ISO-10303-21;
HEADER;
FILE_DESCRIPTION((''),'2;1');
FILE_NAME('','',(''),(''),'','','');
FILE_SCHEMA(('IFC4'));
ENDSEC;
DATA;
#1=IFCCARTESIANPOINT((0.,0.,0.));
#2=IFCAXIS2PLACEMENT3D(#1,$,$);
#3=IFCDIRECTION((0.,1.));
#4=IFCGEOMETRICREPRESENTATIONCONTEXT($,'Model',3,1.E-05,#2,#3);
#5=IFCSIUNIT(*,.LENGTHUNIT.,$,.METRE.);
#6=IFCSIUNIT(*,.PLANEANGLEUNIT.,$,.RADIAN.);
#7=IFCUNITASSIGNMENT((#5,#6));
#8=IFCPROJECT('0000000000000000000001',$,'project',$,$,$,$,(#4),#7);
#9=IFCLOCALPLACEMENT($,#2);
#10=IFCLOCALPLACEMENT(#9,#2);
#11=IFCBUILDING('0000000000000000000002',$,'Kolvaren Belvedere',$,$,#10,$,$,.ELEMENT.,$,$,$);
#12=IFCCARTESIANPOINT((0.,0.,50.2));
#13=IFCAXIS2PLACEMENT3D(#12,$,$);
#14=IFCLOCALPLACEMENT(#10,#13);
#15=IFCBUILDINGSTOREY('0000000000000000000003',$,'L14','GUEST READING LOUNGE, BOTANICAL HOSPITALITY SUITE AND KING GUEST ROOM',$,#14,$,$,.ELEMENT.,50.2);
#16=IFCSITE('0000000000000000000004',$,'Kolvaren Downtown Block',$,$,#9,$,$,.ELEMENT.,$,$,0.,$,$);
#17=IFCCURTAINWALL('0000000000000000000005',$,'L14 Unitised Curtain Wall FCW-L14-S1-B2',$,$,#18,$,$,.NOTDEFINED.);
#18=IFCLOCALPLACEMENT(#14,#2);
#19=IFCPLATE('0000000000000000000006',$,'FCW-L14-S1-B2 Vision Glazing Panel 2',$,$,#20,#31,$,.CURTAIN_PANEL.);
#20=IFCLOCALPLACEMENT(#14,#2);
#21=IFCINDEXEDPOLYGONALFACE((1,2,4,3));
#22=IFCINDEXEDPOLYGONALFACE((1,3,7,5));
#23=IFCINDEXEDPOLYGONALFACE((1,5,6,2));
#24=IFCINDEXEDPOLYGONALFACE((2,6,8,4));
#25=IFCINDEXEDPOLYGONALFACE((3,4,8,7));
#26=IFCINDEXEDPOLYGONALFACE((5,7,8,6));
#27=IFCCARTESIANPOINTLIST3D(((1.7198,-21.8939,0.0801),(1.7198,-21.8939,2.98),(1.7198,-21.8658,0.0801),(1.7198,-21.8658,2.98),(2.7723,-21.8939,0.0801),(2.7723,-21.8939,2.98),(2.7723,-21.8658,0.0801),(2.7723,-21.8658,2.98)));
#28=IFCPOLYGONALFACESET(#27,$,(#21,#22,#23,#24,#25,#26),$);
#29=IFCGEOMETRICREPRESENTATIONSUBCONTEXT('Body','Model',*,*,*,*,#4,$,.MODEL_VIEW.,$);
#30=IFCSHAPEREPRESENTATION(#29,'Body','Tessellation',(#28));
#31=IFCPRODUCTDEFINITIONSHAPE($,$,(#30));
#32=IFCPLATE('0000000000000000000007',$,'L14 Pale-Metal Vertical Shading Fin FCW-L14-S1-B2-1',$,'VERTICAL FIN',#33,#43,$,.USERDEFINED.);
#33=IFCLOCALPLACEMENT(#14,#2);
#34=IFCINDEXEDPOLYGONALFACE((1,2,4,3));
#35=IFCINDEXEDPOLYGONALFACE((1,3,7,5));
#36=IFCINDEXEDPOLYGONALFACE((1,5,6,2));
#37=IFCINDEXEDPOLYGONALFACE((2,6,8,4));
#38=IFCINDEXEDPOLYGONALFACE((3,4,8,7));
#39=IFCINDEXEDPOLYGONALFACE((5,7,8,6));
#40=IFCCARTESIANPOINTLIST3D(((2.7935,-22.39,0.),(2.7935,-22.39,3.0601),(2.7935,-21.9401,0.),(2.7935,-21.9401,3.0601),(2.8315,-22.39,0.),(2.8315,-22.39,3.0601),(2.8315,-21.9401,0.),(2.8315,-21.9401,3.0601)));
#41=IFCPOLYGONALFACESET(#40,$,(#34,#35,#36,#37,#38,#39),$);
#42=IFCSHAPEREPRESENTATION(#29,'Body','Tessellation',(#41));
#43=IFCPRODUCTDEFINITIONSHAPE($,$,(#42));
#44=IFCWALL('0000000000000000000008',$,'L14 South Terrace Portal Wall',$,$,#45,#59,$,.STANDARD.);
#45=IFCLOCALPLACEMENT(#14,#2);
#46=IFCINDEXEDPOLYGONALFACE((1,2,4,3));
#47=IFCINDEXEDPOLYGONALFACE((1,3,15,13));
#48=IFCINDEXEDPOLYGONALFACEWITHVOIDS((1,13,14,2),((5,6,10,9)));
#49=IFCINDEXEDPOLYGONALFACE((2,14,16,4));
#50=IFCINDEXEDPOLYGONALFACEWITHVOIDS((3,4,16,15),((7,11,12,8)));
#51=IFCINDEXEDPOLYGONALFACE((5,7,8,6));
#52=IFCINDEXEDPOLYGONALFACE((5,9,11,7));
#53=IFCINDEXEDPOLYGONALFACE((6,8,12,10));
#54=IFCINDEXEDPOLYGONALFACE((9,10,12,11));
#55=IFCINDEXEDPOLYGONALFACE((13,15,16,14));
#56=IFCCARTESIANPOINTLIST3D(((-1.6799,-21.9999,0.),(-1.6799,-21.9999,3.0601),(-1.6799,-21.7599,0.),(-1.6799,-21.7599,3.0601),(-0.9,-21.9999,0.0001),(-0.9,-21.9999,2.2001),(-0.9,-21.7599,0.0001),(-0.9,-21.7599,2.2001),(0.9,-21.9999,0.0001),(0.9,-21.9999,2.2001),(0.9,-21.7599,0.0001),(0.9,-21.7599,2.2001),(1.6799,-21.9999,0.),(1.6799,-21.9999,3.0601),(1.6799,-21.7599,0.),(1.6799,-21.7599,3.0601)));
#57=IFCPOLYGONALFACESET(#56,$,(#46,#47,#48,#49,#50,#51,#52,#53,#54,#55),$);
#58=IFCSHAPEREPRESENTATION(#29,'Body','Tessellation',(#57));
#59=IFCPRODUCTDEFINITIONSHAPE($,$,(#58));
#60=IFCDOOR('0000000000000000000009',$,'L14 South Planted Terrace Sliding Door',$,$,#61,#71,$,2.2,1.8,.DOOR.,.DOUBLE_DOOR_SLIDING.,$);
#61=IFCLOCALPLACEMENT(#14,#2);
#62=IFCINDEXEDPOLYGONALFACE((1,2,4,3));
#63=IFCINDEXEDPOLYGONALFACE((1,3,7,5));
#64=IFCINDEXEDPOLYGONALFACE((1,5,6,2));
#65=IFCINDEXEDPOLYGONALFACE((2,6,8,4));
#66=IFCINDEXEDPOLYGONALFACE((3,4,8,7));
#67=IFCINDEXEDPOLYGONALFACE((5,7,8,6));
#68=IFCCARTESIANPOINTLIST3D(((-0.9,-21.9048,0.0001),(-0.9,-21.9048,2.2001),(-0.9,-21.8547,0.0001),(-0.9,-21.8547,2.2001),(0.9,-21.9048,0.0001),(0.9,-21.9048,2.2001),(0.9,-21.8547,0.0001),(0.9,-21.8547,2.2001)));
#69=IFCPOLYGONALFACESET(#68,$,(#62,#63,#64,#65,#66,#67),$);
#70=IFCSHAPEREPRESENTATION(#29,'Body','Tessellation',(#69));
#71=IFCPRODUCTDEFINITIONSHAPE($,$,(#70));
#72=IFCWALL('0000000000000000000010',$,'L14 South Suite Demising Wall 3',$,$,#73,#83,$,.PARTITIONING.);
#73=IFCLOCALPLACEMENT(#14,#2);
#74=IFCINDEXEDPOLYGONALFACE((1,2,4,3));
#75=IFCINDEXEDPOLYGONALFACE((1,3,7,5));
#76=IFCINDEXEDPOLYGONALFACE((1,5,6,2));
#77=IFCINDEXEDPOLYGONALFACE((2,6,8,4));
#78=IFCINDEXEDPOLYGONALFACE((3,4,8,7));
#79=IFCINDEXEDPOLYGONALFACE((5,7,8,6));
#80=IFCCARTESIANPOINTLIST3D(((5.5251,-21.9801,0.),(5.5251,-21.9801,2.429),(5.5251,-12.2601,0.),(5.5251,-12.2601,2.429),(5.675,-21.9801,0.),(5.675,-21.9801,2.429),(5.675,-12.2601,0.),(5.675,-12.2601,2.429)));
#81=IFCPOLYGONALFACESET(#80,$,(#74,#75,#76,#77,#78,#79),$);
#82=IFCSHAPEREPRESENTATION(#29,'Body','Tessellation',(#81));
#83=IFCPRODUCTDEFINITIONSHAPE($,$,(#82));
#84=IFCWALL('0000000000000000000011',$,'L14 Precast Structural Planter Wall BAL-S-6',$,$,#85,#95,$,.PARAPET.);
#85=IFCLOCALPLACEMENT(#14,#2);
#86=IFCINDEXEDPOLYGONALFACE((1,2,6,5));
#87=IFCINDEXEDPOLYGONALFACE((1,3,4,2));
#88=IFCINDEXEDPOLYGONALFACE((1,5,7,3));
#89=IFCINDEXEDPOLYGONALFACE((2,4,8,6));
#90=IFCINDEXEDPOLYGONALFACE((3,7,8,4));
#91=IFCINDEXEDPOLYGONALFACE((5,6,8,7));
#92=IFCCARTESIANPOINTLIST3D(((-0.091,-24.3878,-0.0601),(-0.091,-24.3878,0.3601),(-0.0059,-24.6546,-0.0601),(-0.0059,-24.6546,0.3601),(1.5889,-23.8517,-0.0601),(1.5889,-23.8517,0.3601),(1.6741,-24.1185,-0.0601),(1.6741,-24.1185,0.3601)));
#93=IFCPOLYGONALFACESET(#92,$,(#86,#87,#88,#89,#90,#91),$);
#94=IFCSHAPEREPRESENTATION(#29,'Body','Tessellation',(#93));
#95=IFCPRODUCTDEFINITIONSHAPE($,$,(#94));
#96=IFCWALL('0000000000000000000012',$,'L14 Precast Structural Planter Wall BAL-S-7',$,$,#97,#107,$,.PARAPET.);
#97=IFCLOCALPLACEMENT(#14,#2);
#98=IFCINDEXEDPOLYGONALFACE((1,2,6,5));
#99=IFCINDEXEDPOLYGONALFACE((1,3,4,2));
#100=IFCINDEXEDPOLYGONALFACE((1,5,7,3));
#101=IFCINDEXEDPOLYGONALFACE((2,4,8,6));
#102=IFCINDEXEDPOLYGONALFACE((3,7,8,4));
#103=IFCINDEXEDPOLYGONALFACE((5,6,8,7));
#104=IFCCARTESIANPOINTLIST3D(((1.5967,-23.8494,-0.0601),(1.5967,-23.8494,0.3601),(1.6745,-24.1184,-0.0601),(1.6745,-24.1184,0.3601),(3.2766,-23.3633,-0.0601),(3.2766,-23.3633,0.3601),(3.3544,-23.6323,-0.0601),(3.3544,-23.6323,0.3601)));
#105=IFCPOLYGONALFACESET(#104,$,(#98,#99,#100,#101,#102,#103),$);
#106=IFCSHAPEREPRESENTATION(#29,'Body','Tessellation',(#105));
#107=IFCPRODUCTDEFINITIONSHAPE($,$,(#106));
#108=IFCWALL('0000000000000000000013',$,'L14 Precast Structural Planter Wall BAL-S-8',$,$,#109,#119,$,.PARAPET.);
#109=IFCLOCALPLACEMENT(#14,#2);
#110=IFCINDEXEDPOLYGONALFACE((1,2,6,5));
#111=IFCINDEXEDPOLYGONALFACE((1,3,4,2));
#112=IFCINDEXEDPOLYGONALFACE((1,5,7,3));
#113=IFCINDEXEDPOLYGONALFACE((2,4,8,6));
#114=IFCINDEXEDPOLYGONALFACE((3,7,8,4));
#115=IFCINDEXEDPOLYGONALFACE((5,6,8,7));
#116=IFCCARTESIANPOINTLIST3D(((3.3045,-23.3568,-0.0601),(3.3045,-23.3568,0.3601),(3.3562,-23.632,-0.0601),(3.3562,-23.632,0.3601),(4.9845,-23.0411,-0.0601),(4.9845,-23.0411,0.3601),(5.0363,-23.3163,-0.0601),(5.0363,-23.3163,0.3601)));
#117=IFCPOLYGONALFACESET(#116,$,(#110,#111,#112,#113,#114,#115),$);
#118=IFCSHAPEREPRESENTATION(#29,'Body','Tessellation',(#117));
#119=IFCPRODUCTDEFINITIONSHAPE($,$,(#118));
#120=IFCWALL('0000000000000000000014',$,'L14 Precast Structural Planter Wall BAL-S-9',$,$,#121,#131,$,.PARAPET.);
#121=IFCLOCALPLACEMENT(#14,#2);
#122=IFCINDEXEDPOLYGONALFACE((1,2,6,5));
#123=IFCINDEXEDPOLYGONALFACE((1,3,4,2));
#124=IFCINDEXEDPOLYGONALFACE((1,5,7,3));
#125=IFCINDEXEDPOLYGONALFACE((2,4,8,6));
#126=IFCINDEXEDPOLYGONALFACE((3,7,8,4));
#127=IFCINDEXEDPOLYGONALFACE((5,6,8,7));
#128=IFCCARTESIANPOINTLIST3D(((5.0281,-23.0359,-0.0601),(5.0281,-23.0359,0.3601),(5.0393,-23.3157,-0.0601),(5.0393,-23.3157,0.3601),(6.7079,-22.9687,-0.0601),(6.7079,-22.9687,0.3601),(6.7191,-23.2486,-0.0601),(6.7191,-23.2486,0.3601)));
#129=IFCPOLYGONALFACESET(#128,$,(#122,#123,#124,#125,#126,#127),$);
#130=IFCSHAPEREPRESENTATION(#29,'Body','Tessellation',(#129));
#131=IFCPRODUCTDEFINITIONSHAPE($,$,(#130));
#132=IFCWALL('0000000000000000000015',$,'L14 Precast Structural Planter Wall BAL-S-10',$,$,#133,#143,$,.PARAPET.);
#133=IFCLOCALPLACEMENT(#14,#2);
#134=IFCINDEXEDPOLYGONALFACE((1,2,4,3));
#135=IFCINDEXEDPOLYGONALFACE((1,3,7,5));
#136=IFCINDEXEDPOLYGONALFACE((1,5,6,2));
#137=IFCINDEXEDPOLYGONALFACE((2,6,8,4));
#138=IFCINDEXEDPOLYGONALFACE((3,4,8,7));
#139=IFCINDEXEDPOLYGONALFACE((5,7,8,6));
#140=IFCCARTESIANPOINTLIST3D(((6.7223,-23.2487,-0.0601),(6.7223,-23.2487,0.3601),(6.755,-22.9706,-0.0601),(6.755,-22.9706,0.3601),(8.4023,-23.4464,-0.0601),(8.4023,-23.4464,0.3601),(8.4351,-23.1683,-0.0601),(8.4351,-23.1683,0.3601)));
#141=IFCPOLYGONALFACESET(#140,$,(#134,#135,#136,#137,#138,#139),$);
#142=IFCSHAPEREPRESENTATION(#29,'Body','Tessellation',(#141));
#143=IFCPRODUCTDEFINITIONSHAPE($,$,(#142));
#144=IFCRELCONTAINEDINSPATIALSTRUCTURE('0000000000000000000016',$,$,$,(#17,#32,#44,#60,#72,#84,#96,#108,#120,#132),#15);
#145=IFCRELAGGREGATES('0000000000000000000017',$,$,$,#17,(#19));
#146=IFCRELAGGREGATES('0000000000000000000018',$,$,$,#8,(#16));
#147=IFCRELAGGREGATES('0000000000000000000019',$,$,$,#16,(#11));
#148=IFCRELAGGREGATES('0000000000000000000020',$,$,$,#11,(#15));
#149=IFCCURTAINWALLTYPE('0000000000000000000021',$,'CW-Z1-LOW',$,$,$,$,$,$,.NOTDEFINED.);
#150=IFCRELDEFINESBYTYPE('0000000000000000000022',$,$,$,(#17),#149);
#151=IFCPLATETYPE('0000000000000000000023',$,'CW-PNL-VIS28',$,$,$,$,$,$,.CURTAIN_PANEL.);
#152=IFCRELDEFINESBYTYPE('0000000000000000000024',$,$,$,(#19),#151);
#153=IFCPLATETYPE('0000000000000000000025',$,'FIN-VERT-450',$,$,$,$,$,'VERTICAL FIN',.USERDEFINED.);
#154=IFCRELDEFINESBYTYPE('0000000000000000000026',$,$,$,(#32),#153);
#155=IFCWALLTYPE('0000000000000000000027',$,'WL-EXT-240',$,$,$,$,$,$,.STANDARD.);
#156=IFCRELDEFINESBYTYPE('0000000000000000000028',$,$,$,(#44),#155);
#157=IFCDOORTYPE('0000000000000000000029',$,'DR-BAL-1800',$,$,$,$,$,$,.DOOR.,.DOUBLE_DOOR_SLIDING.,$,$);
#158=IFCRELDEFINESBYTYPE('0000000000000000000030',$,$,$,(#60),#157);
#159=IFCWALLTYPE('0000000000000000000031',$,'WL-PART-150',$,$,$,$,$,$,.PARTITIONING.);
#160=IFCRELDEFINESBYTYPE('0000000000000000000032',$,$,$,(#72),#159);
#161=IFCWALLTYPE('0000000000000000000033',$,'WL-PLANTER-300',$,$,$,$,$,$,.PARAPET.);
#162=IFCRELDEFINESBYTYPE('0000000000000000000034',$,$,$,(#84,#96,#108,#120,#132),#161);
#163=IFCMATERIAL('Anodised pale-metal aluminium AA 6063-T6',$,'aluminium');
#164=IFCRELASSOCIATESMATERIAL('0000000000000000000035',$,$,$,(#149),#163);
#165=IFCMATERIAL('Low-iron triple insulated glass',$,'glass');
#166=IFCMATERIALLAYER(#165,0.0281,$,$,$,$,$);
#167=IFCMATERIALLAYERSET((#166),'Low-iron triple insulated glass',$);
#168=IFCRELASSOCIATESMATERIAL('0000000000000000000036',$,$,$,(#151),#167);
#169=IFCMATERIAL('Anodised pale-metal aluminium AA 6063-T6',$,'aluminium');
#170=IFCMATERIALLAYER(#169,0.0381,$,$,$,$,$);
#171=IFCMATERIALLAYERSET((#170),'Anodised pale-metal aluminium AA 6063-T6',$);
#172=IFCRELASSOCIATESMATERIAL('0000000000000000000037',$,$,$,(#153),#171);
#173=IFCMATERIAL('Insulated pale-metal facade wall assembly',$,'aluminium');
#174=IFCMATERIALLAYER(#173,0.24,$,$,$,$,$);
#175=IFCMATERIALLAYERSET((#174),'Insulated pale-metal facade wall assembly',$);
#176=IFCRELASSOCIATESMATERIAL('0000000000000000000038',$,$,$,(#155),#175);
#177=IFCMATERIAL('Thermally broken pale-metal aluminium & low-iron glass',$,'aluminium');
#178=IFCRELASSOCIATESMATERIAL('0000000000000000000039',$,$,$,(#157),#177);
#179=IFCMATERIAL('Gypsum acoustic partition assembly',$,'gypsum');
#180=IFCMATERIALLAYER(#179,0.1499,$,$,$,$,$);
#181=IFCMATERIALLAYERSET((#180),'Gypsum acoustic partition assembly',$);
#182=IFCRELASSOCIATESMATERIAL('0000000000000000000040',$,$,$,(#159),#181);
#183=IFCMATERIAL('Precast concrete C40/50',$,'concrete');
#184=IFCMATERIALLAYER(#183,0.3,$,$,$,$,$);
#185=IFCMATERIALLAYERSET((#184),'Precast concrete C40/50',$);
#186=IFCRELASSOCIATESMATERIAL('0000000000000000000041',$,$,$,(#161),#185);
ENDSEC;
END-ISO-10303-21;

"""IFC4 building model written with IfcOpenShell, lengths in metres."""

from ifc_helpers import new_model, si_unit, direction, frame, frame_2d, origin, origin_2d, place, context, subcontext, project, spatial, rectangle, extrude, material, layer, layer_set, type_object, element, fill, aggregate, save


model = new_model("IFC4")

# Units and contexts
model_context = context("Model", 3, precision=1e-05, world=origin(), true_north=direction((0.0, 1.0)))
body_context = subcontext(model_context, "Body", "Model", "MODEL_VIEW")
ifc_project = project(units=[si_unit("LENGTHUNIT", "METRE"), si_unit("PLANEANGLEUNIT", "RADIAN")], contexts=[model_context])

# Site, building, storey
site_placement = place(None, origin())
site = spatial("IfcSite", under=ifc_project, at=site_placement, Name="Kolvaren Downtown Block", CompositionType="ELEMENT", RefElevation=0.0)
building_placement = place(site_placement, origin())
building = spatial("IfcBuilding", under=site, at=building_placement, Name="Kolvaren Belvedere", CompositionType="ELEMENT")
storey_placement = place(building_placement, frame((0.0, 0.0, 50.2)))
storey = spatial("IfcBuildingStorey", under=building, at=storey_placement, Name="L14", Description="GUEST READING LOUNGE, BOTANICAL HOSPITALITY SUITE AND KING GUEST ROOM", CompositionType="ELEMENT", Elevation=50.2)

# Shared definitions
ifc_material_1 = material(Name="Anodised pale-metal aluminium AA 6063-T6", Category="aluminium")
curtain_wall_type = type_object("IfcCurtainWallType", Name="CW-Z1-LOW", PredefinedType="NOTDEFINED", material=ifc_material_1)

# Curtain wall
curtain_wall_1_placement = place(storey_placement, origin())
curtain_wall_1 = element("IfcCurtainWall", 1, at=curtain_wall_1_placement, inside=storey, type_object=curtain_wall_type, Name="L14 Unitised Curtain Wall FCW-L14-S1-B2", PredefinedType="NOTDEFINED")

# Plates
ifc_material_2 = material(Name="Low-iron triple insulated glass", Category="glass")
ifc_layer_1 = layer(ifc_material_2, 0.0281)
ifc_layer_set_1 = layer_set([ifc_layer_1], Name="Low-iron triple insulated glass")
plate_type_1 = type_object("IfcPlateType", Name="CW-PNL-VIS28", PredefinedType="CURTAIN_PANEL", material=ifc_layer_set_1)
plate_1_placement = place(storey_placement, frame((2.2461, -21.8799, 0.0801), z_axis=(0.0, 0.0, 1.0), x_axis=(-1.0, 0.0, 0.0)))
plate_1 = element("IfcPlate", 2, at=plate_1_placement, type_object=plate_type_1, Name="FCW-L14-S1-B2 Vision Glazing Panel 2", PredefinedType="CURTAIN_PANEL", context=body_context, shape_type="SweptSolid", body=[
    extrude(rectangle(XDim=1.0525, YDim=0.0281, at=origin_2d()), origin(), (0.0, 0.0, 1.0), 2.8999),
])
aggregate(curtain_wall_1, [plate_1])
ifc_material_3 = material(Name="Anodised pale-metal aluminium AA 6063-T6", Category="aluminium")
ifc_layer_2 = layer(ifc_material_3, 0.0381)
ifc_layer_set_2 = layer_set([ifc_layer_2], Name="Anodised pale-metal aluminium AA 6063-T6")
plate_type_2 = type_object("IfcPlateType", Name="FIN-VERT-450", ElementType="VERTICAL FIN", PredefinedType="USERDEFINED", material=ifc_layer_set_2)
plate_2_placement = place(storey_placement, frame((2.8125, -22.165, 0.0), z_axis=(0.0, 0.0, 1.0), x_axis=(0.0, 1.0, 0.0)))
element("IfcPlate", 3, at=plate_2_placement, inside=storey, type_object=plate_type_2, Name="L14 Pale-Metal Vertical Shading Fin FCW-L14-S1-B2-1", ObjectType="VERTICAL FIN", PredefinedType="USERDEFINED", context=body_context, shape_type="SweptSolid", body=[
    extrude(rectangle(XDim=0.45, YDim=0.0381, at=origin_2d()), origin(), (0.0, 0.0, 1.0), 3.0601),
])

# Wall, opening, door
ifc_material_4 = material(Name="Insulated pale-metal facade wall assembly", Category="aluminium")
ifc_layer_3 = layer(ifc_material_4, 0.24)
ifc_layer_set_3 = layer_set([ifc_layer_3], Name="Insulated pale-metal facade wall assembly")
wall_type_1 = type_object("IfcWallType", Name="WL-EXT-240", PredefinedType="STANDARD", material=ifc_layer_set_3)
wall_1_placement = place(storey_placement, frame((1.6799, -21.8799, 0.0), z_axis=(0.0, 0.0, 1.0), x_axis=(-1.0, 0.0, 0.0)))
wall_1 = element("IfcWall", 4, at=wall_1_placement, inside=storey, type_object=wall_type_1, Name="L14 South Terrace Portal Wall", PredefinedType="STANDARD", context=body_context, shape_type="SweptSolid", body=[
    extrude(rectangle(XDim=3.3599, YDim=0.24, at=frame_2d((1.6799, 0.0))), origin(), (0.0, 0.0, 1.0), 3.0601),
])
opening_placement = place(wall_1_placement, frame((0.78, 0.0, 0.0)))
opening = element("IfcOpeningElement", 5, at=opening_placement, cuts=wall_1, PredefinedType="OPENING", context=body_context, shape_type="SweptSolid", body=[
    extrude(rectangle(XDim=1.8, YDim=2.2, at=frame_2d((0.8999, 1.1001))), frame((0.0, 0.1299, 0.0), z_axis=(0.0, -1.0, 0.0), x_axis=(1.0, 0.0, 0.0)), (0.0, 0.0, 1.0), 0.26),
])
ifc_material_5 = material(Name="Thermally broken pale-metal aluminium & low-iron glass", Category="aluminium")
door_type = type_object("IfcDoorType", Name="DR-BAL-1800", OperationType="DOUBLE_DOOR_SLIDING", PredefinedType="DOOR", material=ifc_material_5)
door_placement = place(opening_placement, origin())
door = element("IfcDoor", 6, at=door_placement, inside=storey, type_object=door_type, Name="L14 South Planted Terrace Sliding Door", OperationType="DOUBLE_DOOR_SLIDING", OverallHeight=2.2, OverallWidth=1.8, PredefinedType="DOOR", context=body_context, shape_type="SweptSolid", body=[
    extrude(rectangle(XDim=1.8, YDim=2.2, at=frame_2d((0.8999, 1.1001))), frame((0.0, 0.0249, 0.0), z_axis=(0.0, -1.0, 0.0), x_axis=(1.0, 0.0, 0.0)), (0.0, 0.0, 1.0), 0.05),
])
fill(opening, door)

# Walls
ifc_material_6 = material(Name="Gypsum acoustic partition assembly", Category="gypsum")
ifc_layer_4 = layer(ifc_material_6, 0.1499)
ifc_layer_set_4 = layer_set([ifc_layer_4], Name="Gypsum acoustic partition assembly")
wall_type_2 = type_object("IfcWallType", Name="WL-PART-150", PredefinedType="PARTITIONING", material=ifc_layer_set_4)
wall_2_placement = place(storey_placement, frame((5.6001, -21.98, 0.0), z_axis=(0.0, 0.0, 1.0), x_axis=(0.0, 1.0, 0.0)))
element("IfcWall", 7, at=wall_2_placement, inside=storey, type_object=wall_type_2, Name="L14 South Suite Demising Wall 3", PredefinedType="PARTITIONING", context=body_context, shape_type="SweptSolid", body=[
    extrude(rectangle(XDim=9.72, YDim=0.1499, at=frame_2d((4.8599, 0.0))), origin(), (0.0, 0.0, 1.0), 2.429),
])
ifc_material_7 = material(Name="Precast concrete C40/50", Category="concrete")
ifc_layer_5 = layer(ifc_material_7, 0.3)
ifc_layer_set_5 = layer_set([ifc_layer_5], Name="Precast concrete C40/50")
wall_type_3 = type_object("IfcWallType", Name="WL-PLANTER-300", PredefinedType="PARAPET", material=ifc_layer_set_5)
wall_3_placement = place(storey_placement, frame((-0.0486, -24.5212, -0.0601), z_axis=(0.0, 0.0, 1.0), x_axis=(0.952662, 0.304032, 0.0)))
element("IfcWall", 8, at=wall_3_placement, inside=storey, type_object=wall_type_3, Name="L14 Precast Structural Planter Wall BAL-S-6", PredefinedType="PARAPET", context=body_context, shape_type="SweptSolid", body=[
    extrude(rectangle(XDim=1.7634, YDim=0.28, at=frame_2d((0.8818, 0.0))), origin(), (0.0, 0.0, 1.0), 0.4202),
])
wall_4_placement = place(storey_placement, frame((1.6355, -23.9839, -0.0601), z_axis=(0.0, 0.0, 1.0), x_axis=(0.960597, 0.277946, 0.0)))
element("IfcWall", 9, at=wall_4_placement, inside=storey, type_object=wall_type_3, Name="L14 Precast Structural Planter Wall BAL-S-7", PredefinedType="PARAPET", context=body_context, shape_type="SweptSolid", body=[
    extrude(rectangle(XDim=1.7488, YDim=0.28, at=frame_2d((0.8745, 0.0))), origin(), (0.0, 0.0, 1.0), 0.4202),
])
wall_5_placement = place(storey_placement, frame((3.3303, -23.4944, -0.0601), z_axis=(0.0, 0.0, 1.0), x_axis=(0.982804, 0.184651, 0.0)))
element("IfcWall", 10, at=wall_5_placement, inside=storey, type_object=wall_type_3, Name="L14 Precast Structural Planter Wall BAL-S-8", PredefinedType="PARAPET", context=body_context, shape_type="SweptSolid", body=[
    extrude(rectangle(XDim=1.7095, YDim=0.28, at=frame_2d((0.8547, 0.0))), origin(), (0.0, 0.0, 1.0), 0.4202),
])
wall_6_placement = place(storey_placement, frame((5.0337, -23.1758, -0.0601), z_axis=(0.0, 0.0, 1.0), x_axis=(0.999202, 0.039933, 0.0)))
element("IfcWall", 11, at=wall_6_placement, inside=storey, type_object=wall_type_3, Name="L14 Precast Structural Planter Wall BAL-S-9", PredefinedType="PARAPET", context=body_context, shape_type="SweptSolid", body=[
    extrude(rectangle(XDim=1.6812, YDim=0.28, at=frame_2d((0.8406, 0.0))), origin(), (0.0, 0.0, 1.0), 0.4202),
])
wall_7_placement = place(storey_placement, frame((6.7388, -23.1096, -0.0601), z_axis=(0.0, 0.0, 1.0), x_axis=(0.993143, -0.116908, 0.0)))
element("IfcWall", 12, at=wall_7_placement, inside=storey, type_object=wall_type_3, Name="L14 Precast Structural Planter Wall BAL-S-10", PredefinedType="PARAPET", context=body_context, shape_type="SweptSolid", body=[
    extrude(rectangle(XDim=1.6917, YDim=0.28, at=frame_2d((0.8457, 0.0))), origin(), (0.0, 0.0, 1.0), 0.4202),
])

save(model, "model.ifc")
